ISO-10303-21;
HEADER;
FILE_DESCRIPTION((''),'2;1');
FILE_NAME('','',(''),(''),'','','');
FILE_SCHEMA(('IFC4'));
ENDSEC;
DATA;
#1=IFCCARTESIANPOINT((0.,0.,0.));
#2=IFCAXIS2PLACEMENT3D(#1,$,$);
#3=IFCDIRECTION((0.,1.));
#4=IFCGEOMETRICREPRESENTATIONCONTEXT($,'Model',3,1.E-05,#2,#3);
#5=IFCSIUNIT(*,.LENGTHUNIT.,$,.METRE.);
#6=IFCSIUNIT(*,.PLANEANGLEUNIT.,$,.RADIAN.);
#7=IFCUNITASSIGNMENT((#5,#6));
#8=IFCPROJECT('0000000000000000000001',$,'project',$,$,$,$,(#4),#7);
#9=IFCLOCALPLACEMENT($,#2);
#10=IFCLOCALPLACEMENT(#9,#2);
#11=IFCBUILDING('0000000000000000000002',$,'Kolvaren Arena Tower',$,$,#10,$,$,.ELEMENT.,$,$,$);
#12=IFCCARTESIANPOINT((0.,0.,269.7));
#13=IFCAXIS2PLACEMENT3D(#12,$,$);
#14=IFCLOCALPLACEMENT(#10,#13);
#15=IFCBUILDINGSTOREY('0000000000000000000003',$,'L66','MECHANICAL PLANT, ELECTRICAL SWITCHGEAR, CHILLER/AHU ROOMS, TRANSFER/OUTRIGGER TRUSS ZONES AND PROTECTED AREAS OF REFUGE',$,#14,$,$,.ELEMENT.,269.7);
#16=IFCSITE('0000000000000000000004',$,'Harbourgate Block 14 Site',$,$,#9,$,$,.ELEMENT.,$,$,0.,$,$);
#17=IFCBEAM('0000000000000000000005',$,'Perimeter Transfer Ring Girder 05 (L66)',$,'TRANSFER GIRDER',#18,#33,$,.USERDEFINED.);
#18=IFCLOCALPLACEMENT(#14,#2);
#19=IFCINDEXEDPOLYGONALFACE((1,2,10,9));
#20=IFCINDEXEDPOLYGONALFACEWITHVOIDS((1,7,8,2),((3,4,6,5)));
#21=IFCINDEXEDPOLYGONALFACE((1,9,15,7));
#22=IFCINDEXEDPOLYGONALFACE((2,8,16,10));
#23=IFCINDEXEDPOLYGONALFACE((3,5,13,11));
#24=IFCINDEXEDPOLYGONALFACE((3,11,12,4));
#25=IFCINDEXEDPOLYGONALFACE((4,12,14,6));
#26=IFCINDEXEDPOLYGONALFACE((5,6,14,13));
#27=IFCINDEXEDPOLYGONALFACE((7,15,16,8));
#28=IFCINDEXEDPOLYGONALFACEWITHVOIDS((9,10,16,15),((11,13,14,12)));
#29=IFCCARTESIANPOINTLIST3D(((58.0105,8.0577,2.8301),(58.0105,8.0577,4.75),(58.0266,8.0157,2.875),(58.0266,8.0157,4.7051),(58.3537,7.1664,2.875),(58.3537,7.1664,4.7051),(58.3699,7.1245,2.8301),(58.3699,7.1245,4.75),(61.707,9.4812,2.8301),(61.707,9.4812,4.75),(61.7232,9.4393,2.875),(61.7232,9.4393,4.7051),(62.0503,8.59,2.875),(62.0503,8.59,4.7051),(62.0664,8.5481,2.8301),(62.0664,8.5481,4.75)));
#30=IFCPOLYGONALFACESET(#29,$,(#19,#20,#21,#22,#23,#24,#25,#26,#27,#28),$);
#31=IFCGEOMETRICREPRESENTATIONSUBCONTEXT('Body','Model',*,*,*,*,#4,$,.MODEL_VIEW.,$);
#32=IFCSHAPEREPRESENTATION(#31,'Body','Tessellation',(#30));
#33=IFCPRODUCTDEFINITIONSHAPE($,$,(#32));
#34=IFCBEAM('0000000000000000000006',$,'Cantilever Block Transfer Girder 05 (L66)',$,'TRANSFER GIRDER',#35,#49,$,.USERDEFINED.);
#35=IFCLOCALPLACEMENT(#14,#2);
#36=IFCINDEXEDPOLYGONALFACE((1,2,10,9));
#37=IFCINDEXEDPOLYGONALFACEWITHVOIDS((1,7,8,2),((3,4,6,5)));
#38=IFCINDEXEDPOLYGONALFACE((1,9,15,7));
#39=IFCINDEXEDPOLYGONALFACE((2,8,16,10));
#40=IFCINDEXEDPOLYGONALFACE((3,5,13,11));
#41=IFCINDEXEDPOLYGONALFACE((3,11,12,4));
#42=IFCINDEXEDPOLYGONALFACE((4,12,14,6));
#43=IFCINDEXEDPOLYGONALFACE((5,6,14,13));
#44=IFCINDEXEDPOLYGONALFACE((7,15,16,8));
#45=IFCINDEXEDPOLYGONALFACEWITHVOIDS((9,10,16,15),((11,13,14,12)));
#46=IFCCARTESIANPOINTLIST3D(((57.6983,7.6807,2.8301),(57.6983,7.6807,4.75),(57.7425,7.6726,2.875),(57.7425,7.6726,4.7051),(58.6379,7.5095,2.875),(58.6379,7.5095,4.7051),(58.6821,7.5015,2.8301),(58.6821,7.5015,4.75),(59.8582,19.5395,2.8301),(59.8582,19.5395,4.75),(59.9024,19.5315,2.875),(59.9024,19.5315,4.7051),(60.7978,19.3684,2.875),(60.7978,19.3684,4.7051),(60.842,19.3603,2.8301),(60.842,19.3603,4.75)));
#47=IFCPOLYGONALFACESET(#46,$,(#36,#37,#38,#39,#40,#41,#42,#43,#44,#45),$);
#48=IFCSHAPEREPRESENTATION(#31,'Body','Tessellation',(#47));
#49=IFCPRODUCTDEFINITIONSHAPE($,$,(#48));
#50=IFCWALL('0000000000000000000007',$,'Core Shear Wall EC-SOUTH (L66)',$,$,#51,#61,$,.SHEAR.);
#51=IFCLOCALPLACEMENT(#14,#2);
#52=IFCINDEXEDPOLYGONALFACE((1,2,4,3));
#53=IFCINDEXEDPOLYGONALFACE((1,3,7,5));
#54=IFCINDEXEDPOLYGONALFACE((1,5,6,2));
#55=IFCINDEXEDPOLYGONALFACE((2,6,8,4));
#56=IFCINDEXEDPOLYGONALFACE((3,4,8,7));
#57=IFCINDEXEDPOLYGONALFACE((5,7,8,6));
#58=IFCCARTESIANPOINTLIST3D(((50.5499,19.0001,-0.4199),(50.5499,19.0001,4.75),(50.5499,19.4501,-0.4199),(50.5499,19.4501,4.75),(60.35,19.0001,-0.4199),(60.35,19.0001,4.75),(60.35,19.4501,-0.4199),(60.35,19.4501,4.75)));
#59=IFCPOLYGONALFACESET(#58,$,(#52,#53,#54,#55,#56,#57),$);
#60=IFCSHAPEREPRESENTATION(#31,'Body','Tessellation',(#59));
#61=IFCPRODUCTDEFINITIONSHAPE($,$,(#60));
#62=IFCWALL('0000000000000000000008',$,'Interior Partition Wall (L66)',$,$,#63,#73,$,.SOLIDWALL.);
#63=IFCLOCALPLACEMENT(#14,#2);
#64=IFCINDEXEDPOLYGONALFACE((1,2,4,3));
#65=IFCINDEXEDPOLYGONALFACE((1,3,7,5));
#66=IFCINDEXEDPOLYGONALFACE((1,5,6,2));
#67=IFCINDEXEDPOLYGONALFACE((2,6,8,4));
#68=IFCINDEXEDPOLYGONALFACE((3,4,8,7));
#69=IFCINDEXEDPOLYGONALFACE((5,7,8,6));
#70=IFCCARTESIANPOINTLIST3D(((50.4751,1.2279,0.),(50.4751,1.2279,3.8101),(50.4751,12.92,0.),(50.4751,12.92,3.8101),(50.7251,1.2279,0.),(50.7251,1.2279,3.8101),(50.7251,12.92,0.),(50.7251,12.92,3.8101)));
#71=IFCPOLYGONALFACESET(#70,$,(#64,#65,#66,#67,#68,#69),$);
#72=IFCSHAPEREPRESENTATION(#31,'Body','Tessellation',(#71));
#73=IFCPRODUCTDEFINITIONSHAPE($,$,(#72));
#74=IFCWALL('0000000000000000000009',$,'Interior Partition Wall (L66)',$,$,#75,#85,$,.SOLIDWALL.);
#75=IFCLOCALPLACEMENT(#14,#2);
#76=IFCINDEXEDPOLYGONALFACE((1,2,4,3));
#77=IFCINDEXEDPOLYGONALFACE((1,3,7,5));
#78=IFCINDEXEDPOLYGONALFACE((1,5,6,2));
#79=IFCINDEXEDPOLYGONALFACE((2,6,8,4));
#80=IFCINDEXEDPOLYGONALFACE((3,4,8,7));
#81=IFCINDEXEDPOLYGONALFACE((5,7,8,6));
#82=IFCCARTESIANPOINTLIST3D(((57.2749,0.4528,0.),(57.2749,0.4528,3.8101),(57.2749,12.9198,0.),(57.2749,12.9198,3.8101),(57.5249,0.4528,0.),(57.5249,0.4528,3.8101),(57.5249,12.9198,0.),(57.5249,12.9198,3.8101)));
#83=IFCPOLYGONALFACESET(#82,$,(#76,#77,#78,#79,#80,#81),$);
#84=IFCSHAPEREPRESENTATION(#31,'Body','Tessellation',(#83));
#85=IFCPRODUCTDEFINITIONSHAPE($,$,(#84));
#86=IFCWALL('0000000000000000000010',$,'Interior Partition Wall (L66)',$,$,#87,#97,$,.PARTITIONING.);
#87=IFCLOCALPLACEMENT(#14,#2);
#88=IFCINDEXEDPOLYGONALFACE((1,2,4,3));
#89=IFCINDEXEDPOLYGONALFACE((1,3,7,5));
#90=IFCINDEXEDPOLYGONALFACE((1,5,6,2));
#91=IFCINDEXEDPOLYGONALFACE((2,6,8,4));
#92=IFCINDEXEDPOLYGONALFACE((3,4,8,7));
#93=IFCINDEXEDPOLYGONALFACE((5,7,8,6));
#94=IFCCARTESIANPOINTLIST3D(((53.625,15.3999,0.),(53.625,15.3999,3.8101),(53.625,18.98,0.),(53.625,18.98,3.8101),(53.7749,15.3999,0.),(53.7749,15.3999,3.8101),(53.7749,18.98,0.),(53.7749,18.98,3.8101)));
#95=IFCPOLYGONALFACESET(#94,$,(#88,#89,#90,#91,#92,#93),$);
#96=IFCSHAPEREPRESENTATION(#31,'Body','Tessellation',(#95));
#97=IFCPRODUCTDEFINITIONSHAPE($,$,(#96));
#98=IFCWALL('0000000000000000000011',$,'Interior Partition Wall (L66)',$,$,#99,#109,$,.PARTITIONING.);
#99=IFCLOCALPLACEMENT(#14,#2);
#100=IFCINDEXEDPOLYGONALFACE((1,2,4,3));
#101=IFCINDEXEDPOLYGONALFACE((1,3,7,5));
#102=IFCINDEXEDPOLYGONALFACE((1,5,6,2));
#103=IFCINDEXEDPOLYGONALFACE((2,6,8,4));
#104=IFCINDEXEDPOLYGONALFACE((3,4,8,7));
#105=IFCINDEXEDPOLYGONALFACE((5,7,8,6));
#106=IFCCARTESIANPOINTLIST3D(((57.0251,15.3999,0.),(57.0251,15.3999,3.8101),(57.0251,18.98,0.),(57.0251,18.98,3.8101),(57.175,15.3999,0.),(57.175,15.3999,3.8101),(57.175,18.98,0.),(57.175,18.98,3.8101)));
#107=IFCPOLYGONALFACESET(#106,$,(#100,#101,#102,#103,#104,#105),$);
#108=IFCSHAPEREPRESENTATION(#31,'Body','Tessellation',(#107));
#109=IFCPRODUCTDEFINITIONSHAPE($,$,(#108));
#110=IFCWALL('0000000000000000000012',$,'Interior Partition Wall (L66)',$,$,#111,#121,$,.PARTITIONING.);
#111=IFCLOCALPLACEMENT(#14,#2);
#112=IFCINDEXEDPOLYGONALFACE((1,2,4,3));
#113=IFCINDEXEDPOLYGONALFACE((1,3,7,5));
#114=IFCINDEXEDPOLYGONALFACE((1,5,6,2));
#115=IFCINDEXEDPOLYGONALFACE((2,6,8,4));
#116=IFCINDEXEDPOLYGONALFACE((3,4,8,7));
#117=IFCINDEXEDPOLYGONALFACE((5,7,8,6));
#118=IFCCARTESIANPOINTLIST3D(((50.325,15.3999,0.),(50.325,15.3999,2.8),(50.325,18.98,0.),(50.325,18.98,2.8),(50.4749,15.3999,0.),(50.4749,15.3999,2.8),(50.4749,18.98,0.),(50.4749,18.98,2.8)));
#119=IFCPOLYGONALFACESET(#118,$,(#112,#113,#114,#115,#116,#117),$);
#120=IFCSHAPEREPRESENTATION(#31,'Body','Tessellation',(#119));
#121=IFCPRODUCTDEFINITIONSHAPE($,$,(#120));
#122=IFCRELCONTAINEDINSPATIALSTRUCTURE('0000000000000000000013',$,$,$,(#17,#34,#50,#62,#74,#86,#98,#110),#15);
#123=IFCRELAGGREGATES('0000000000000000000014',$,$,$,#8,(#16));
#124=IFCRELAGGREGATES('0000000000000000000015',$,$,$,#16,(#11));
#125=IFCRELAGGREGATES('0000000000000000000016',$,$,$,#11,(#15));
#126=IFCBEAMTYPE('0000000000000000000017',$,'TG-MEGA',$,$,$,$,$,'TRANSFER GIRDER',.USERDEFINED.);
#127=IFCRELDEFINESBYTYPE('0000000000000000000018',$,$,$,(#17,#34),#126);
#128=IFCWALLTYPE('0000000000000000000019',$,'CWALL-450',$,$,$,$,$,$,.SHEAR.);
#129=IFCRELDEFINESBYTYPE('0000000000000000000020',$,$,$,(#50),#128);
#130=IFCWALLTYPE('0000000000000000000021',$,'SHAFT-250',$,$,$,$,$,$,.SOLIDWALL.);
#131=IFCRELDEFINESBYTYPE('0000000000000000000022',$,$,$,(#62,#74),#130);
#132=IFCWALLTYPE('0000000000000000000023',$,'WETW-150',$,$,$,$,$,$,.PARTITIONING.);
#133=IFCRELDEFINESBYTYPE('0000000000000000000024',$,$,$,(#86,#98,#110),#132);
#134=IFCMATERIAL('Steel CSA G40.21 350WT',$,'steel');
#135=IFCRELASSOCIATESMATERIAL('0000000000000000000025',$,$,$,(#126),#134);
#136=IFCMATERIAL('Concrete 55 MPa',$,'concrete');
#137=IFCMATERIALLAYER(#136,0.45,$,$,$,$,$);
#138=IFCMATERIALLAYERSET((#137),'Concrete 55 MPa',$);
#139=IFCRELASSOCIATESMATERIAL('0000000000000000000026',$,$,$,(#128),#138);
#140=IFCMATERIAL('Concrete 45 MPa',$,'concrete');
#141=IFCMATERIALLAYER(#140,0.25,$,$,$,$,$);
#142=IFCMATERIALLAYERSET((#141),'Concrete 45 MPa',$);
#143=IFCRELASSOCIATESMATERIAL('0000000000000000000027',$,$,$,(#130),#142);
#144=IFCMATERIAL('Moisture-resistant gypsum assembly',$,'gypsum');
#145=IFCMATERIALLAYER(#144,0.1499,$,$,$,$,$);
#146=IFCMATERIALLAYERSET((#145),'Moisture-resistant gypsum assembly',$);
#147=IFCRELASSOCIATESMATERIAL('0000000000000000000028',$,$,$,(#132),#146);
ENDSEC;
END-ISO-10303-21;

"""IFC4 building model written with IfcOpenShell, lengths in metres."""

from ifc_helpers import new_model, si_unit, direction, frame, frame_2d, origin, origin_2d, place, context, subcontext, project, spatial, rectangle, hollow_rectangle, extrude, material, layer, layer_set, material_profile, profile_set, type_object, element, save


model = new_model("IFC4")

# Units and contexts
model_context = context("Model", 3, precision=1e-05, world=origin(), true_north=direction((0.0, 1.0)))
body_context = subcontext(model_context, "Body", "Model", "MODEL_VIEW")
ifc_project = project(units=[si_unit("LENGTHUNIT", "METRE"), si_unit("PLANEANGLEUNIT", "RADIAN")], contexts=[model_context])

# Site, building, storey
site_placement = place(None, origin())
site = spatial("IfcSite", under=ifc_project, at=site_placement, Name="Harbourgate Block 14 Site", CompositionType="ELEMENT", RefElevation=0.0)
building_placement = place(site_placement, origin())
building = spatial("IfcBuilding", under=site, at=building_placement, Name="Kolvaren Arena Tower", CompositionType="ELEMENT")
storey_placement = place(building_placement, frame((0.0, 0.0, 269.7)))
storey = spatial("IfcBuildingStorey", under=building, at=storey_placement, Name="L66", Description="MECHANICAL PLANT, ELECTRICAL SWITCHGEAR, CHILLER/AHU ROOMS, TRANSFER/OUTRIGGER TRUSS ZONES AND PROTECTED AREAS OF REFUGE", CompositionType="ELEMENT", Elevation=269.7)

# Beams
ifc_material_1 = material(Name="Steel CSA G40.21 350WT", Category="steel")
ifc_material_profile_1 = material_profile(ifc_material_1, hollow_rectangle(XDim=1.0, YDim=1.9199, WallThickness=0.0449, at=origin_2d()), Name="BOX 1000x1920x45")
ifc_profile_set_1 = profile_set([ifc_material_profile_1], Name="Steel CSA G40.21 350WT")
beam_type_1 = type_object("IfcBeamType", Name="TG-MEGA", ElementType="TRANSFER GIRDER", PredefinedType="USERDEFINED", material=ifc_profile_set_1)
beam_1_placement = place(storey_placement, frame((58.1902, 7.5911, 3.79), z_axis=(0.93319, 0.359384, 0.0), x_axis=(-0.359384, 0.93319, 0.0)))
element("IfcBeam", 1, at=beam_1_placement, inside=storey, type_object=beam_type_1, Name="Perimeter Transfer Ring Girder 05 (L66)", ObjectType="TRANSFER GIRDER", PredefinedType="USERDEFINED", context=body_context, shape_type="SweptSolid", body=[
    extrude(hollow_rectangle(XDim=1.0, YDim=1.9199, WallThickness=0.0449, at=origin_2d()), origin(), (0.0, 0.0, 1.0), 3.9612),
])
beam_2_placement = place(storey_placement, frame((58.1902, 7.5911, 3.79), z_axis=(0.179187, 0.983815, 0.0), x_axis=(-0.983815, 0.179187, 0.0)))
element("IfcBeam", 2, at=beam_2_placement, inside=storey, type_object=beam_type_1, Name="Cantilever Block Transfer Girder 05 (L66)", ObjectType="TRANSFER GIRDER", PredefinedType="USERDEFINED", context=body_context, shape_type="SweptSolid", body=[
    extrude(hollow_rectangle(XDim=1.0, YDim=1.9199, WallThickness=0.0449, at=origin_2d()), origin(), (0.0, 0.0, 1.0), 12.054),
])

# Wall
ifc_material_2 = material(Name="Concrete 55 MPa", Category="concrete")
ifc_layer_1 = layer(ifc_material_2, 0.45)
ifc_layer_set_1 = layer_set([ifc_layer_1], Name="Concrete 55 MPa")
wall_type_1 = type_object("IfcWallType", Name="CWALL-450", PredefinedType="SHEAR", material=ifc_layer_set_1)
wall_1_placement = place(storey_placement, frame((50.55, 19.2251, -0.4199), z_axis=(0.0, 0.0, 1.0), x_axis=(1.0, 0.0, 0.0)))
element("IfcWall", 3, at=wall_1_placement, inside=storey, type_object=wall_type_1, Name="Core Shear Wall EC-SOUTH (L66)", PredefinedType="SHEAR", context=body_context, shape_type="SweptSolid", body=[
    extrude(rectangle(XDim=9.8, YDim=0.45, at=frame_2d((4.8999, 0.0))), origin(), (0.0, 0.0, 1.0), 5.1699),
])

# Shared definitions
ifc_material_3 = material(Name="Concrete 45 MPa", Category="concrete")
ifc_layer_2 = layer(ifc_material_3, 0.25)
ifc_layer_set_2 = layer_set([ifc_layer_2], Name="Concrete 45 MPa")
wall_type_2 = type_object("IfcWallType", Name="SHAFT-250", PredefinedType="SOLIDWALL", material=ifc_layer_set_2)

# Walls
wall_2_placement = place(storey_placement, frame((50.6001, 1.2278, 0.0), z_axis=(0.0, 0.0, 1.0), x_axis=(0.0, 1.0, 0.0)))
element("IfcWall", 4, at=wall_2_placement, inside=storey, type_object=wall_type_2, Name="Interior Partition Wall (L66)", PredefinedType="SOLIDWALL", context=body_context, shape_type="SweptSolid", body=[
    extrude(rectangle(XDim=11.6921, YDim=0.25, at=frame_2d((5.8462, 0.0))), origin(), (0.0, 0.0, 1.0), 3.8101),
])
wall_3_placement = place(storey_placement, frame((57.3999, 0.4529, 0.0), z_axis=(0.0, 0.0, 1.0), x_axis=(0.0, 1.0, 0.0)))
element("IfcWall", 5, at=wall_3_placement, inside=storey, type_object=wall_type_2, Name="Interior Partition Wall (L66)", PredefinedType="SOLIDWALL", context=body_context, shape_type="SweptSolid", body=[
    extrude(rectangle(XDim=12.467, YDim=0.25, at=frame_2d((6.2334, 0.0))), origin(), (0.0, 0.0, 1.0), 3.8101),
])
ifc_material_4 = material(Name="Moisture-resistant gypsum assembly", Category="gypsum")
ifc_layer_3 = layer(ifc_material_4, 0.1499)
ifc_layer_set_3 = layer_set([ifc_layer_3], Name="Moisture-resistant gypsum assembly")
wall_type_3 = type_object("IfcWallType", Name="WETW-150", PredefinedType="PARTITIONING", material=ifc_layer_set_3)
for number, where, z_axis, x_axis, name in (
    (6, (53.7, 15.3999, 0.0), (0.0, 0.0, 1.0), (0.0, 1.0, 0.0), "Interior Partition Wall (L66)"),
    (7, (57.1001, 15.3999, 0.0), (0.0, 0.0, 1.0), (0.0, 1.0, 0.0), "Interior Partition Wall (L66)"),
):
    element("IfcWall", number, at=place(storey_placement, frame(where, z_axis=z_axis, x_axis=x_axis)), inside=storey, type_object=wall_type_3, Name=name, PredefinedType="PARTITIONING", context=body_context, shape_type="SweptSolid", body=[
        extrude(rectangle(XDim=3.5801, YDim=0.1499, at=frame_2d((1.79, 0.0))), origin(), (0.0, 0.0, 1.0), 3.8101),
    ])
wall_4_placement = place(storey_placement, frame((50.3999, 15.3999, 0.0), z_axis=(0.0, 0.0, 1.0), x_axis=(0.0, 1.0, 0.0)))
element("IfcWall", 8, at=wall_4_placement, inside=storey, type_object=wall_type_3, Name="Interior Partition Wall (L66)", PredefinedType="PARTITIONING", context=body_context, shape_type="SweptSolid", body=[
    extrude(rectangle(XDim=3.5801, YDim=0.1499, at=frame_2d((1.79, 0.0))), origin(), (0.0, 0.0, 1.0), 2.8),
])

save(model, "model.ifc")
